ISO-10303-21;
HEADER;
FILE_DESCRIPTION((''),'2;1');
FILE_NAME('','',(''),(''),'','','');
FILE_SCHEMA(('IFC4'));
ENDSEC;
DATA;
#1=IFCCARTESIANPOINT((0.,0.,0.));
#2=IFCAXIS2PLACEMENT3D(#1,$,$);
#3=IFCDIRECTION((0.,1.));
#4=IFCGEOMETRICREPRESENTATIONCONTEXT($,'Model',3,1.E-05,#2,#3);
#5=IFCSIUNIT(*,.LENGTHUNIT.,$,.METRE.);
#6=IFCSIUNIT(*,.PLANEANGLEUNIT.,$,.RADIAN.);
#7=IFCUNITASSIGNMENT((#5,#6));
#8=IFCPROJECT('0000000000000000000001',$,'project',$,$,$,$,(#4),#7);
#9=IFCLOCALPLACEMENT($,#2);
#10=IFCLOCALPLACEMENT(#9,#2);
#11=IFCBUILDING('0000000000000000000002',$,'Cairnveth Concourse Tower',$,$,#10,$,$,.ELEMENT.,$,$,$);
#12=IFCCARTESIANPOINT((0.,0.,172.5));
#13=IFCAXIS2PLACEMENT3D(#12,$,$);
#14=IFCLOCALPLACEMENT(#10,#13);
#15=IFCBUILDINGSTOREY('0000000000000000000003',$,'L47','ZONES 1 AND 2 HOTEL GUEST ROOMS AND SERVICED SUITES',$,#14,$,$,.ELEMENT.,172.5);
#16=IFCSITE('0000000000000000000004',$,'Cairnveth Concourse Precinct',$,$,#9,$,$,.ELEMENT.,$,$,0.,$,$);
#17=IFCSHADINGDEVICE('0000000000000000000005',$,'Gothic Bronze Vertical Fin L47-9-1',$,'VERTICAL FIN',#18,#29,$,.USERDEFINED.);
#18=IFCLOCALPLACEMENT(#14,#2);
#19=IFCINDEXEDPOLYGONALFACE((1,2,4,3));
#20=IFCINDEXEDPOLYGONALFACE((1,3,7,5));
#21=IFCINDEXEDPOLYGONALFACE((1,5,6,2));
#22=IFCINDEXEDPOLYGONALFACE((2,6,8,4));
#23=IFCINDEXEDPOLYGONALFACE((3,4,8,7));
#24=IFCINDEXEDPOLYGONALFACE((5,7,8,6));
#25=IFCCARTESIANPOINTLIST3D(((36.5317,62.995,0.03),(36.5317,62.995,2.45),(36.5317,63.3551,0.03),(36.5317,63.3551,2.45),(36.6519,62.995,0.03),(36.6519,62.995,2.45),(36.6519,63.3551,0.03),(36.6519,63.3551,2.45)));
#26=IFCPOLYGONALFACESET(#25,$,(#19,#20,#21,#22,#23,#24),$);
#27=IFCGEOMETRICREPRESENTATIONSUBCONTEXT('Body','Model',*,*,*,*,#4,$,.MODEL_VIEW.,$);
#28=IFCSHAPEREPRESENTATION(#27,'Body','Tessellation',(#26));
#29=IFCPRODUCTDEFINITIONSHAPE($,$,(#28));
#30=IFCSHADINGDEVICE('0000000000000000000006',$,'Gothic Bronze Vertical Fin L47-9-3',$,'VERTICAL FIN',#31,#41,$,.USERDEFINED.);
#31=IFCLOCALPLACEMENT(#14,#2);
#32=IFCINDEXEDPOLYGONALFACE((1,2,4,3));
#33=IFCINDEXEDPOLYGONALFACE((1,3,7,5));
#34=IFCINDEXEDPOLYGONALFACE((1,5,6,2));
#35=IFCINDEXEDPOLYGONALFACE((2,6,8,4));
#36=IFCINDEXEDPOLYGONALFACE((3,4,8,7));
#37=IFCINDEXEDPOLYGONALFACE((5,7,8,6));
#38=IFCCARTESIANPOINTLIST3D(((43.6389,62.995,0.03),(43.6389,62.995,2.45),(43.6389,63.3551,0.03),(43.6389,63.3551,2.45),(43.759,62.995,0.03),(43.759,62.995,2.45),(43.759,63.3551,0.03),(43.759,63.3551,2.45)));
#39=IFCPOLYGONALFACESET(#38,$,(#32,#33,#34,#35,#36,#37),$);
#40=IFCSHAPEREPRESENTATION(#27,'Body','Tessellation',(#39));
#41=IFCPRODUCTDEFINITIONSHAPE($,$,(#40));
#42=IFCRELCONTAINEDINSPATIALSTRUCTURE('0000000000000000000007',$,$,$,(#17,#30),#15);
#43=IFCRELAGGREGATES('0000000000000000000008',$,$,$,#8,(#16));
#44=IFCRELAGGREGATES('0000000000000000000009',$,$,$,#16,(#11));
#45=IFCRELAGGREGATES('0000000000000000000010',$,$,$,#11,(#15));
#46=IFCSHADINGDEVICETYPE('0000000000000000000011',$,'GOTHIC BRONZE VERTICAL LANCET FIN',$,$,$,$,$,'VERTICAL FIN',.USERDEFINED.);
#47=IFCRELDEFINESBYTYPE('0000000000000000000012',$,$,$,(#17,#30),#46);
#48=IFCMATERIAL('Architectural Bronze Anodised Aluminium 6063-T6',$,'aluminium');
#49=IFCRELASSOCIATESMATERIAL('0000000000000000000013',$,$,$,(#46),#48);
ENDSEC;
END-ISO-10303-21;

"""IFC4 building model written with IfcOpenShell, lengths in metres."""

from ifc_helpers import new_model, si_unit, direction, frame, origin, origin_2d, place, context, subcontext, project, spatial, rectangle, extrude, material, type_object, element, save


model = new_model("IFC4")

# Units and contexts
model_context = context("Model", 3, precision=1e-05, world=origin(), true_north=direction((0.0, 1.0)))
body_context = subcontext(model_context, "Body", "Model", "MODEL_VIEW")
ifc_project = project(units=[si_unit("LENGTHUNIT", "METRE"), si_unit("PLANEANGLEUNIT", "RADIAN")], contexts=[model_context])

# Site, building, storey
site_placement = place(None, origin())
site = spatial("IfcSite", under=ifc_project, at=site_placement, Name="Cairnveth Concourse Precinct", CompositionType="ELEMENT", RefElevation=0.0)
building_placement = place(site_placement, origin())
building = spatial("IfcBuilding", under=site, at=building_placement, Name="Cairnveth Concourse Tower", CompositionType="ELEMENT")
storey_placement = place(building_placement, frame((0.0, 0.0, 172.5)))
storey = spatial("IfcBuildingStorey", under=building, at=storey_placement, Name="L47", Description="ZONES 1 AND 2 HOTEL GUEST ROOMS AND SERVICED SUITES", CompositionType="ELEMENT", Elevation=172.5)

# Shading devices
ifc_material_1 = material(Name="Architectural Bronze Anodised Aluminium 6063-T6", Category="aluminium")
shading_device_type = type_object("IfcShadingDeviceType", Name="GOTHIC BRONZE VERTICAL LANCET FIN", ElementType="VERTICAL FIN", PredefinedType="USERDEFINED", material=ifc_material_1)
for number, where, z_axis, x_axis, name in (
    (1, (36.5918, 63.175, 0.03), (0.0, 0.0, 1.0), (1.0, 0.0, 0.0), "Gothic Bronze Vertical Fin L47-9-1"),
    (2, (43.699, 63.175, 0.03), (0.0, 0.0, 1.0), (1.0, 0.0, 0.0), "Gothic Bronze Vertical Fin L47-9-3"),
):
    element("IfcShadingDevice", number, at=place(storey_placement, frame(where, z_axis=z_axis, x_axis=x_axis)), inside=storey, type_object=shading_device_type, Name=name, ObjectType="VERTICAL FIN", PredefinedType="USERDEFINED", context=body_context, shape_type="SweptSolid", body=[
        extrude(rectangle(XDim=0.1201, YDim=0.3601, at=origin_2d()), origin(), (0.0, 0.0, 1.0), 2.4199),
    ])

save(model, "model.ifc")
